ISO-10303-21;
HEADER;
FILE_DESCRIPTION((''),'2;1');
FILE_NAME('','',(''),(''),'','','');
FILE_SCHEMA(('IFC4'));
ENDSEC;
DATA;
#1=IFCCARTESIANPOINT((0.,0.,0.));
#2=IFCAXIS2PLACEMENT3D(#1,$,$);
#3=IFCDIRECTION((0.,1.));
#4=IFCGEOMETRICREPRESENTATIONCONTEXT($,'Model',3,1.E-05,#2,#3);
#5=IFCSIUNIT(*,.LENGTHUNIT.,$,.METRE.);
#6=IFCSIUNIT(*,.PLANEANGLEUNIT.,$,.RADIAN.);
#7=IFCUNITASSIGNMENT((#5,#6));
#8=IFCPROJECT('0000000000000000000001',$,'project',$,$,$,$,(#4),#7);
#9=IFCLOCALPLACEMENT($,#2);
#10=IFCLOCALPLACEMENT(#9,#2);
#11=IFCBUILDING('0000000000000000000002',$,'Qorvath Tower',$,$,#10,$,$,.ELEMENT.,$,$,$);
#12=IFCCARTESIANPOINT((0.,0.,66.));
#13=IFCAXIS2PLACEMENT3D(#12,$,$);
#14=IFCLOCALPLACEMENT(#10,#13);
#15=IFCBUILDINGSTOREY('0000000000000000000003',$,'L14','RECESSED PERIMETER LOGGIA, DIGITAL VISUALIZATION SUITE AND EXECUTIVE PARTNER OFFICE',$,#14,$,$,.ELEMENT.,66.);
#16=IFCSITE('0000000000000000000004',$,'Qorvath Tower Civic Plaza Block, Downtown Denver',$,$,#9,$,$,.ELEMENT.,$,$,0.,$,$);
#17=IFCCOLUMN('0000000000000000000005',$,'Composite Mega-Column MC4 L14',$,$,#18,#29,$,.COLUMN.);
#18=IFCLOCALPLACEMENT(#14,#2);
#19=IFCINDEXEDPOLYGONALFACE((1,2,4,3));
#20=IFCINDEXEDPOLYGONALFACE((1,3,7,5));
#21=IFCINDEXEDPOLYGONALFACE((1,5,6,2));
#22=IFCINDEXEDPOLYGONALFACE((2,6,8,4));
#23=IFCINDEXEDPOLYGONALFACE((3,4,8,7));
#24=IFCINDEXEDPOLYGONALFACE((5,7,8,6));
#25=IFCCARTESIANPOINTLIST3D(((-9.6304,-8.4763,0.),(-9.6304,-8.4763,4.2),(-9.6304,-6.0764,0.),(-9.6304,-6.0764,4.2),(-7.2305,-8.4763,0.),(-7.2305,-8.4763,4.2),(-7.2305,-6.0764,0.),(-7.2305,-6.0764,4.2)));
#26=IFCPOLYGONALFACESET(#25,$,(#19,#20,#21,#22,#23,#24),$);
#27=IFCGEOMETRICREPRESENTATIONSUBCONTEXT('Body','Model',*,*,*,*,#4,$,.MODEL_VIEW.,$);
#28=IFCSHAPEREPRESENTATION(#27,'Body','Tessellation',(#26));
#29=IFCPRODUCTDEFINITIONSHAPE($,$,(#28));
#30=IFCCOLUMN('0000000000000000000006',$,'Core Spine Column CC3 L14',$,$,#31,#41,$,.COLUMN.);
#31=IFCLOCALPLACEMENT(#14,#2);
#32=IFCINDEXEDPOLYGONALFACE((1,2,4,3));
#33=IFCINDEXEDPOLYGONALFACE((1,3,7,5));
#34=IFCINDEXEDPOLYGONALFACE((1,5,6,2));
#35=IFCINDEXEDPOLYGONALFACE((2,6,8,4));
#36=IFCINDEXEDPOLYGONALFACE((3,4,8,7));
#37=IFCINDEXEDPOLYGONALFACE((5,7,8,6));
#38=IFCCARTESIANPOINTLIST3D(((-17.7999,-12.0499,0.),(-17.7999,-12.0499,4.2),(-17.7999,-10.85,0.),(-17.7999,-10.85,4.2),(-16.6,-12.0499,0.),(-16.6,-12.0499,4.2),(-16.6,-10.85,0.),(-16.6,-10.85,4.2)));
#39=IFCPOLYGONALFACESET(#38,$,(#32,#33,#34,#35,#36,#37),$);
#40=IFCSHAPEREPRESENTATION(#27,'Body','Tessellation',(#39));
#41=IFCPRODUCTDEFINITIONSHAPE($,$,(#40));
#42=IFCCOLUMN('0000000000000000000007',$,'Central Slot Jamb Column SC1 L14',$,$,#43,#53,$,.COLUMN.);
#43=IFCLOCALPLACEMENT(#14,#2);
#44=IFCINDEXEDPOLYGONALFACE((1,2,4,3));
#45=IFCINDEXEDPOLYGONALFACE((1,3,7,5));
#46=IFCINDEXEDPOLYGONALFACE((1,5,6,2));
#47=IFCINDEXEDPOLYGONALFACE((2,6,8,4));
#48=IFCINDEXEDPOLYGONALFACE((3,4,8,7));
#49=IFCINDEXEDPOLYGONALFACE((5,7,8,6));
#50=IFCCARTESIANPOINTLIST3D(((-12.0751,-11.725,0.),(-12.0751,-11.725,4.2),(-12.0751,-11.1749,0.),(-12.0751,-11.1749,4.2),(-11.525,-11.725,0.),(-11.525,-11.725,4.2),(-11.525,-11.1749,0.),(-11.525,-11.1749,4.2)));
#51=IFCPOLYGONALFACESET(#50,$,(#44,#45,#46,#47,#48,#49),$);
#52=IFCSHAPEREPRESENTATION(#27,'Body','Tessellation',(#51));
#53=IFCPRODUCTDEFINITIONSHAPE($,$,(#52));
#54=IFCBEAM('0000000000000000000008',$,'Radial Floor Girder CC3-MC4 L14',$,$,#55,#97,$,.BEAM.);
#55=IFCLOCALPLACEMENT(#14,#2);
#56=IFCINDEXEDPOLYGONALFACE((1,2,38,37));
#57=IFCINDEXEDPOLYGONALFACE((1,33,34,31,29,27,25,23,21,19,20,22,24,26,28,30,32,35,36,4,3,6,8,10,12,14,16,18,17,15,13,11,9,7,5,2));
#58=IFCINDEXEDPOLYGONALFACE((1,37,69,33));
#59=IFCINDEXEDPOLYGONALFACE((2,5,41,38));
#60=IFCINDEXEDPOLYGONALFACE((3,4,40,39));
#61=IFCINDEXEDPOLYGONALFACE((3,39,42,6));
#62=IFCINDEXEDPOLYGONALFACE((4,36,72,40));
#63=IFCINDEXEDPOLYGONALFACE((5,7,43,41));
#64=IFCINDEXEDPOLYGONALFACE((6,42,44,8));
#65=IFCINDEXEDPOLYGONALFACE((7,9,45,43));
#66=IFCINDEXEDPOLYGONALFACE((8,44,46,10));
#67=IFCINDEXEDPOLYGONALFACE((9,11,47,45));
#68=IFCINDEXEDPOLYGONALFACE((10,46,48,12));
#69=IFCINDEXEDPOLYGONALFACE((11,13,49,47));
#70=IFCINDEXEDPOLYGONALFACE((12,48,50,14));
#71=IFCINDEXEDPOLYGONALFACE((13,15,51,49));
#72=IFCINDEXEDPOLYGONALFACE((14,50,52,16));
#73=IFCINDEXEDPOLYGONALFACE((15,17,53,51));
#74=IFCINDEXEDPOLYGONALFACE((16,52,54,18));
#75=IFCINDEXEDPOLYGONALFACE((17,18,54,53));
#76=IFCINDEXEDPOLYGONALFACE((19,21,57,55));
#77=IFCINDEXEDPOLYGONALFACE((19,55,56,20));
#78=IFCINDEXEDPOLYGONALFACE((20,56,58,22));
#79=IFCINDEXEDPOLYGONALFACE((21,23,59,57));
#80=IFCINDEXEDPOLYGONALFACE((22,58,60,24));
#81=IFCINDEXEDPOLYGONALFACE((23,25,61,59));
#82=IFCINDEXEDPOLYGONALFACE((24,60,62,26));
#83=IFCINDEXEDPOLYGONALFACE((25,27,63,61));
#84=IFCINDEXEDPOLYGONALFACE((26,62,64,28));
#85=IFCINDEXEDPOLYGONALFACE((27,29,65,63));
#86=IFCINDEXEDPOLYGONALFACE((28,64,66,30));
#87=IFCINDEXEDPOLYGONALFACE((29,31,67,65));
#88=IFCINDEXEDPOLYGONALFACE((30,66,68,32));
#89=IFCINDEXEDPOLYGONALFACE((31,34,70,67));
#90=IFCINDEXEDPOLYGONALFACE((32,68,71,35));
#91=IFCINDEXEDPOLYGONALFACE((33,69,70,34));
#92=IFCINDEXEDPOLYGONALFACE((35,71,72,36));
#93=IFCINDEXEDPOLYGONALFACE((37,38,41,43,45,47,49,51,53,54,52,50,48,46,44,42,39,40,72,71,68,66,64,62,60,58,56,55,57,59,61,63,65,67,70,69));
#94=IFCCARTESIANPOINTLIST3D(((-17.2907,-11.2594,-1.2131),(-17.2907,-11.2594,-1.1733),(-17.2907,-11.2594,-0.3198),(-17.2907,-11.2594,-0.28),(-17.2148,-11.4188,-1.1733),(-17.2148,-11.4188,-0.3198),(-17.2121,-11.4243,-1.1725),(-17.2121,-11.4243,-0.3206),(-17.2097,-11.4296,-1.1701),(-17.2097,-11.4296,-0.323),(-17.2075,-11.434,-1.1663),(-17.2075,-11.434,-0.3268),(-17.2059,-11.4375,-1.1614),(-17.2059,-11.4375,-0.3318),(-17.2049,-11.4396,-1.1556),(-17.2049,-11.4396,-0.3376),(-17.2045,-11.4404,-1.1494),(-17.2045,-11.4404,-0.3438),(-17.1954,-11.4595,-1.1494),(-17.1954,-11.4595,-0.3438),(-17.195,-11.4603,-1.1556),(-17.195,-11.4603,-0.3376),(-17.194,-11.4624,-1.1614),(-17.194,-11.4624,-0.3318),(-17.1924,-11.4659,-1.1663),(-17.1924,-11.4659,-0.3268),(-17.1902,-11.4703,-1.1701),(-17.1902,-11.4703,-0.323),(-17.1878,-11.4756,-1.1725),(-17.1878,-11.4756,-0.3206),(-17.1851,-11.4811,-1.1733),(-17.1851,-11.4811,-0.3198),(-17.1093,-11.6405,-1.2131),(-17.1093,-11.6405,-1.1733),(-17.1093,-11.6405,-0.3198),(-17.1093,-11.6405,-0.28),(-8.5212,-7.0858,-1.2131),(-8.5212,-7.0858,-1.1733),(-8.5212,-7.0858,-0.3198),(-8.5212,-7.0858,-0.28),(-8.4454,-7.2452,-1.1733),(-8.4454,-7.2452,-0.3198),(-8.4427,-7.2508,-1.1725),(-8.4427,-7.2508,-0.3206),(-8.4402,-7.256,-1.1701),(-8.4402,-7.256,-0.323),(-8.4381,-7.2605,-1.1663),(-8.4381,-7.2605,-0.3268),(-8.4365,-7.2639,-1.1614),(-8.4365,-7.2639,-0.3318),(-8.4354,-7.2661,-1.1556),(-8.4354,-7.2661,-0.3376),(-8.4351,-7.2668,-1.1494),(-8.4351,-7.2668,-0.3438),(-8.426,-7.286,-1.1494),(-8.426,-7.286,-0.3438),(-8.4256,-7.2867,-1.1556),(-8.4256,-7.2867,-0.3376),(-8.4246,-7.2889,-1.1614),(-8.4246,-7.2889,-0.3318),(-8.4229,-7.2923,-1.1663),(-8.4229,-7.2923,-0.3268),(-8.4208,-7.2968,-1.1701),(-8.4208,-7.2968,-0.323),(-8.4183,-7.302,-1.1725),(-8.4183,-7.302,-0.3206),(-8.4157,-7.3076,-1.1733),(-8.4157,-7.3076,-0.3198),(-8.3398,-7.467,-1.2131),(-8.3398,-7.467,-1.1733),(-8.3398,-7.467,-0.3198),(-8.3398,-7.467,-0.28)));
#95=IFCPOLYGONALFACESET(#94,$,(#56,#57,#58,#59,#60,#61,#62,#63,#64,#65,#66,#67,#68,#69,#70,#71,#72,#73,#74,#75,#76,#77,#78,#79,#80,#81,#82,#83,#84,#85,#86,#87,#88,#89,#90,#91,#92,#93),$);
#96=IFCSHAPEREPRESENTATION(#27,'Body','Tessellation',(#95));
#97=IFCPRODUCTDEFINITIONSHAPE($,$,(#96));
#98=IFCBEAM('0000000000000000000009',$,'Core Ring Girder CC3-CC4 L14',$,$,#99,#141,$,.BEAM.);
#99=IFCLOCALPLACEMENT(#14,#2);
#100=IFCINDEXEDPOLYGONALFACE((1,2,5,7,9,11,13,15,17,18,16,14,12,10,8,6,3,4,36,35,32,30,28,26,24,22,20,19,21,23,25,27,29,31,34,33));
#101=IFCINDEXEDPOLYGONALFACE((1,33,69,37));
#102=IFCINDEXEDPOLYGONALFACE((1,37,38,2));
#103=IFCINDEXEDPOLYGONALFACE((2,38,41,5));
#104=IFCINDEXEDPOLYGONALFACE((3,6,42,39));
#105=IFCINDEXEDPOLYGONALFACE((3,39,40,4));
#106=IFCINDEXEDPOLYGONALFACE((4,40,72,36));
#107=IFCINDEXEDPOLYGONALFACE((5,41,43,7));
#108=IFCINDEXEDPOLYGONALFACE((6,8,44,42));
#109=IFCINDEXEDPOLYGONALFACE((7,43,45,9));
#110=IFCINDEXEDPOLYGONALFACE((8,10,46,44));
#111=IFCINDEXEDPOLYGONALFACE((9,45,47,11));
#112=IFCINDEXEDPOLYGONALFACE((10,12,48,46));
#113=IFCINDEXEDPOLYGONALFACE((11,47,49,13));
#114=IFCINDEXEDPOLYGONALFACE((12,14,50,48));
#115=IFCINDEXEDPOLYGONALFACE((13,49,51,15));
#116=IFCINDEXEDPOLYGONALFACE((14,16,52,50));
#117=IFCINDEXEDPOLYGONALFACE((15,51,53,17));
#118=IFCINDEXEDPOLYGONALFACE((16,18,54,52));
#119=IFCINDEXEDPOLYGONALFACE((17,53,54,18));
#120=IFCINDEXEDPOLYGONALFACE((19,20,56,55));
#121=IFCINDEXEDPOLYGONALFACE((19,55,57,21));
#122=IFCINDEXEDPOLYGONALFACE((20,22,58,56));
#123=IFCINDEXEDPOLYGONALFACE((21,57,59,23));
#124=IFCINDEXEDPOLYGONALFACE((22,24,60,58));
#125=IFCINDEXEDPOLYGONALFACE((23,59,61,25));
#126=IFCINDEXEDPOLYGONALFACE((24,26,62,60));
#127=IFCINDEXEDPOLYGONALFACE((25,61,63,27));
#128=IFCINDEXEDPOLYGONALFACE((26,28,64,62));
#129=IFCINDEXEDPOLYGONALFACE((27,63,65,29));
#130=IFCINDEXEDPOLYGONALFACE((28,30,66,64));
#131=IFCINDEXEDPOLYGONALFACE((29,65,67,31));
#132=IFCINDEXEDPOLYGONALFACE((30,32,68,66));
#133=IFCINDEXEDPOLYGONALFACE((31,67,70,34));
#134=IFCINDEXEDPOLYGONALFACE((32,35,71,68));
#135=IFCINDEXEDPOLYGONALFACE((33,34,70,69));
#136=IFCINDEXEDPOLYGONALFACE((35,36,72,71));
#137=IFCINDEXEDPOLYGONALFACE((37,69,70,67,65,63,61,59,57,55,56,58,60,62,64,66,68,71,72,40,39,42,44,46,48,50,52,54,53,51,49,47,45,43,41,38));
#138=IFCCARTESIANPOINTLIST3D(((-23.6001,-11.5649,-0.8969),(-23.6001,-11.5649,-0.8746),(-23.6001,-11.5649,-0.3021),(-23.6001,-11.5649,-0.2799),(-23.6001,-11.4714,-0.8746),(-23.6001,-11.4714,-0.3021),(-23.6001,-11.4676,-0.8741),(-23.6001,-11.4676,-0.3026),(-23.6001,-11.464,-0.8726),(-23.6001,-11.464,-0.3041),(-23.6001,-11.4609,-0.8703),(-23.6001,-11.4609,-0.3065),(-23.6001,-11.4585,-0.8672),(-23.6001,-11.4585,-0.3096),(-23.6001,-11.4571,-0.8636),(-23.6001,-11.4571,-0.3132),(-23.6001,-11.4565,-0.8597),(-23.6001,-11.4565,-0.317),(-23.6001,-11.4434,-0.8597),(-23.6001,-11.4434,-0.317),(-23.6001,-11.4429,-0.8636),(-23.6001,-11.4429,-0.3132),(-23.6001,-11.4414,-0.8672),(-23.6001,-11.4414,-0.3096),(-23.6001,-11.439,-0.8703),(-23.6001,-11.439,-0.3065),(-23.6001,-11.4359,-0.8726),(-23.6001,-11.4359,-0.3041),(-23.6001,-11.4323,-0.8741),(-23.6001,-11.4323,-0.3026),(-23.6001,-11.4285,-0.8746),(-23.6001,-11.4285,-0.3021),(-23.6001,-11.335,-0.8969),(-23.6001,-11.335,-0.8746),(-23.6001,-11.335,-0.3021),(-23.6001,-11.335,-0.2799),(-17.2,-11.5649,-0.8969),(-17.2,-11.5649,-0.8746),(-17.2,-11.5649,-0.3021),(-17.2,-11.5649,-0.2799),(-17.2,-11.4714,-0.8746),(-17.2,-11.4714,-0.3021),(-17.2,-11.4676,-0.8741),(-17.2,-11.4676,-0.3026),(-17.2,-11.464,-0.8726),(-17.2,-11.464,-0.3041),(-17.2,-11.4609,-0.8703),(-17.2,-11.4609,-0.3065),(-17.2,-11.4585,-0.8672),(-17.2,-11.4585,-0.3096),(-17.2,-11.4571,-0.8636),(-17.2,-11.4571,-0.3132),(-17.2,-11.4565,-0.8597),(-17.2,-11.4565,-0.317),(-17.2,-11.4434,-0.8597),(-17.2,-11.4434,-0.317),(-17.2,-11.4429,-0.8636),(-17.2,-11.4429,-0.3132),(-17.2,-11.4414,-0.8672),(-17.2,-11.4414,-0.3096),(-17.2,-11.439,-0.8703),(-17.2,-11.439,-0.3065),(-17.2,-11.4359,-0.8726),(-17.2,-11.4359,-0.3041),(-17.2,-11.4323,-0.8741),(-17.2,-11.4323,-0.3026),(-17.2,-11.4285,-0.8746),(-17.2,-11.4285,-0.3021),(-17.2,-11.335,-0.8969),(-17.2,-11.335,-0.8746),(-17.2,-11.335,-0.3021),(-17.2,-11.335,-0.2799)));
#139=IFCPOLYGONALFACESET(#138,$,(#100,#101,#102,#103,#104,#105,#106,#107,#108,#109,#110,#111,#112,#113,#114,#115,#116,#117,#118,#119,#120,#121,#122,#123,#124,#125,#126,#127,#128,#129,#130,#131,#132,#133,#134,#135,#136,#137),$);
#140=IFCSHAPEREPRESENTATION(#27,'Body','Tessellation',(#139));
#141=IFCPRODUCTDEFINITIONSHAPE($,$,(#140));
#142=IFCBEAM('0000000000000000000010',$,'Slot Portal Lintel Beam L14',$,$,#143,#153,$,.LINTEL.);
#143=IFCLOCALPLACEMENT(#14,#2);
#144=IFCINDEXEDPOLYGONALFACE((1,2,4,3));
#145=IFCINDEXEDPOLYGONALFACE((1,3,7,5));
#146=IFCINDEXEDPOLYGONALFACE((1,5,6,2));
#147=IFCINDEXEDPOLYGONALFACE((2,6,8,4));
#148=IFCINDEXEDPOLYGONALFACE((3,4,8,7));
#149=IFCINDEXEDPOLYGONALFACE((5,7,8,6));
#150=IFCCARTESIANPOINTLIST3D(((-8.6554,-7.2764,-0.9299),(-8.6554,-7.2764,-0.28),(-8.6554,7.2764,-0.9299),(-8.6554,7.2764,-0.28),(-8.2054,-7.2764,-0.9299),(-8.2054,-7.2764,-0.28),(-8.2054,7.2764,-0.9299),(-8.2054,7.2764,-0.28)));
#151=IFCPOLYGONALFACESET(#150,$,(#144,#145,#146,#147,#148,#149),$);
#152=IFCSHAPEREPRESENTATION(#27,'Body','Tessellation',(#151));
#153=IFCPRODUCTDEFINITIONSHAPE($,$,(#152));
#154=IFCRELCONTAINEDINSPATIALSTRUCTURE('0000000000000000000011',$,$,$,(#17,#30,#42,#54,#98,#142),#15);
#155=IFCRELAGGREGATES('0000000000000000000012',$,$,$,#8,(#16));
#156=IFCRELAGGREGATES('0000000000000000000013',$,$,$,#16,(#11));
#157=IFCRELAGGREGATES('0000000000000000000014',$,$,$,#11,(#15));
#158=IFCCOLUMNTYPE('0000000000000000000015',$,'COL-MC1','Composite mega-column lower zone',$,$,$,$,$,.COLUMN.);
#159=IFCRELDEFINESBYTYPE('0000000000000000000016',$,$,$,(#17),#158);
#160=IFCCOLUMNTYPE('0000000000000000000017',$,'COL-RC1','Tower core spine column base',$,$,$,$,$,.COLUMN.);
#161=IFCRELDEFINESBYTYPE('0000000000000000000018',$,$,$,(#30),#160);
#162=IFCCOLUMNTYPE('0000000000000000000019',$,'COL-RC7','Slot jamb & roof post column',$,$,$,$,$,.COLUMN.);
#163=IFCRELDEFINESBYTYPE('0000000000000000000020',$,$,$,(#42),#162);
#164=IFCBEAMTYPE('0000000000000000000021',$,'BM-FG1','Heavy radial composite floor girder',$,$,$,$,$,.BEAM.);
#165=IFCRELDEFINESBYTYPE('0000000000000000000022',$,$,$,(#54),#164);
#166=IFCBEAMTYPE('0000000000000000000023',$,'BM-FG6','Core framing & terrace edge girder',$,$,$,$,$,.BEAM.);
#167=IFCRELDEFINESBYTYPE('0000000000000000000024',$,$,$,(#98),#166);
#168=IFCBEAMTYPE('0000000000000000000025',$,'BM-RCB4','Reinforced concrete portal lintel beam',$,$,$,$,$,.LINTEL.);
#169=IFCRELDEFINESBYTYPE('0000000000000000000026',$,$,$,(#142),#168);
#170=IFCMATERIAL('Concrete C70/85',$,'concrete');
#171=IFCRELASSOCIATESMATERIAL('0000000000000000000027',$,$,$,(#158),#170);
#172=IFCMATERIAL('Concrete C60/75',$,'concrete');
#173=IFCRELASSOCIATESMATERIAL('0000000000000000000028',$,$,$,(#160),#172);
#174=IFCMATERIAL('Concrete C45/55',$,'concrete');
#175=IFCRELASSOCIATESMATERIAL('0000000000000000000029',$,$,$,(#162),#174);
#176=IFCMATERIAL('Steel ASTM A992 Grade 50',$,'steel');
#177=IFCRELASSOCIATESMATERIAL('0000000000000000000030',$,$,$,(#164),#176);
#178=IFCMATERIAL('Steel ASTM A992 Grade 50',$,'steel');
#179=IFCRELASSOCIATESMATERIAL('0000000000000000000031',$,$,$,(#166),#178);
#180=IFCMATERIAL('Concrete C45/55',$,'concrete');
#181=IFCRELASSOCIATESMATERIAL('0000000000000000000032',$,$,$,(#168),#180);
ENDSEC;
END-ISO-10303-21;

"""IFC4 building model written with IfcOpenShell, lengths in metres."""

from ifc_helpers import new_model, si_unit, direction, frame, origin, origin_2d, place, context, subcontext, project, spatial, rectangle, i_section, extrude, material, material_profile, profile_set, type_object, element, save


model = new_model("IFC4")

# Units and contexts
model_context = context("Model", 3, precision=1e-05, world=origin(), true_north=direction((0.0, 1.0)))
body_context = subcontext(model_context, "Body", "Model", "MODEL_VIEW")
ifc_project = project(units=[si_unit("LENGTHUNIT", "METRE"), si_unit("PLANEANGLEUNIT", "RADIAN")], contexts=[model_context])

# Site, building, storey
site_placement = place(None, origin())
site = spatial("IfcSite", under=ifc_project, at=site_placement, Name="Qorvath Tower Civic Plaza Block, Downtown Denver", CompositionType="ELEMENT", RefElevation=0.0)
building_placement = place(site_placement, origin())
building = spatial("IfcBuilding", under=site, at=building_placement, Name="Qorvath Tower", CompositionType="ELEMENT")
storey_placement = place(building_placement, frame((0.0, 0.0, 66.0)))
storey = spatial("IfcBuildingStorey", under=building, at=storey_placement, Name="L14", Description="RECESSED PERIMETER LOGGIA, DIGITAL VISUALIZATION SUITE AND EXECUTIVE PARTNER OFFICE", CompositionType="ELEMENT", Elevation=66.0)

# Columns
ifc_material_1 = material(Name="Concrete C70/85", Category="concrete")
ifc_material_profile_1 = material_profile(ifc_material_1, rectangle(XDim=2.3999, YDim=2.3999, at=origin_2d()), Name="MC 2400x2400")
ifc_profile_set_1 = profile_set([ifc_material_profile_1], Name="Concrete C70/85")
column_type_1 = type_object("IfcColumnType", Name="COL-MC1", Description="Composite mega-column lower zone", PredefinedType="COLUMN", material=ifc_profile_set_1)
column_1_placement = place(storey_placement, frame((-8.4304, -7.2764, 0.0), z_axis=(0.0, 0.0, 1.0), x_axis=(1.0, 0.0, 0.0)))
element("IfcColumn", 1, at=column_1_placement, inside=storey, type_object=column_type_1, Name="Composite Mega-Column MC4 L14", PredefinedType="COLUMN", context=body_context, shape_type="SweptSolid", body=[
    extrude(rectangle(XDim=2.3999, YDim=2.3999, at=origin_2d()), origin(), (0.0, 0.0, 1.0), 4.2),
])
ifc_material_2 = material(Name="Concrete C60/75", Category="concrete")
ifc_material_profile_2 = material_profile(ifc_material_2, rectangle(XDim=1.2, YDim=1.2, at=origin_2d()), Name="RC 1200x1200")
ifc_profile_set_2 = profile_set([ifc_material_profile_2], Name="Concrete C60/75")
column_type_2 = type_object("IfcColumnType", Name="COL-RC1", Description="Tower core spine column base", PredefinedType="COLUMN", material=ifc_profile_set_2)
column_2_placement = place(storey_placement, frame((-17.2, -11.45, 0.0), z_axis=(0.0, 0.0, 1.0), x_axis=(1.0, 0.0, 0.0)))
element("IfcColumn", 2, at=column_2_placement, inside=storey, type_object=column_type_2, Name="Core Spine Column CC3 L14", PredefinedType="COLUMN", context=body_context, shape_type="SweptSolid", body=[
    extrude(rectangle(XDim=1.2, YDim=1.2, at=origin_2d()), origin(), (0.0, 0.0, 1.0), 4.2),
])
ifc_material_3 = material(Name="Concrete C45/55", Category="concrete")
ifc_material_profile_3 = material_profile(ifc_material_3, rectangle(XDim=0.55, YDim=0.55, at=origin_2d()), Name="RC 550x550")
ifc_profile_set_3 = profile_set([ifc_material_profile_3], Name="Concrete C45/55")
column_type_3 = type_object("IfcColumnType", Name="COL-RC7", Description="Slot jamb & roof post column", PredefinedType="COLUMN", material=ifc_profile_set_3)
column_3_placement = place(storey_placement, frame((-11.8, -11.45, 0.0), z_axis=(0.0, 0.0, 1.0), x_axis=(1.0, 0.0, 0.0)))
element("IfcColumn", 3, at=column_3_placement, inside=storey, type_object=column_type_3, Name="Central Slot Jamb Column SC1 L14", PredefinedType="COLUMN", context=body_context, shape_type="SweptSolid", body=[
    extrude(rectangle(XDim=0.55, YDim=0.55, at=origin_2d()), origin(), (0.0, 0.0, 1.0), 4.2),
])

# Beams
ifc_material_4 = material(Name="Steel ASTM A992 Grade 50", Category="steel")
ifc_material_profile_4 = material_profile(ifc_material_4, i_section(OverallWidth=0.4221, OverallDepth=0.9331, WebThickness=0.0212, FlangeThickness=0.0398, FilletRadius=0.0239, at=origin_2d()), Name="W36x262")
ifc_profile_set_4 = profile_set([ifc_material_profile_4], Name="Steel ASTM A992 Grade 50")
beam_type_1 = type_object("IfcBeamType", Name="BM-FG1", Description="Heavy radial composite floor girder", PredefinedType="BEAM", material=ifc_profile_set_4)
beam_1_placement = place(storey_placement, frame((-17.2, -11.45, -0.7466), z_axis=(0.902956, 0.429734, 0.0), x_axis=(-0.429734, 0.902956, 0.0)))
element("IfcBeam", 4, at=beam_1_placement, inside=storey, type_object=beam_type_1, Name="Radial Floor Girder CC3-MC4 L14", PredefinedType="BEAM", context=body_context, shape_type="SweptSolid", body=[
    extrude(i_section(OverallWidth=0.4221, OverallDepth=0.9331, WebThickness=0.0212, FlangeThickness=0.0398, FilletRadius=0.0239, at=origin_2d()), origin(), (0.0, 0.0, 1.0), 9.7119),
])
ifc_material_5 = material(Name="Steel ASTM A992 Grade 50", Category="steel")
ifc_material_profile_5 = material_profile(ifc_material_5, i_section(OverallWidth=0.23, OverallDepth=0.6169, WebThickness=0.0132, FlangeThickness=0.0222, FilletRadius=0.0149, at=origin_2d()), Name="W24x94")
ifc_profile_set_5 = profile_set([ifc_material_profile_5], Name="Steel ASTM A992 Grade 50")
beam_type_2 = type_object("IfcBeamType", Name="BM-FG6", Description="Core framing & terrace edge girder", PredefinedType="BEAM", material=ifc_profile_set_5)
beam_2_placement = place(storey_placement, frame((-17.2, -11.45, -0.5884), z_axis=(-1.0, 0.0, 0.0), x_axis=(0.0, -1.0, 0.0)))
element("IfcBeam", 5, at=beam_2_placement, inside=storey, type_object=beam_type_2, Name="Core Ring Girder CC3-CC4 L14", PredefinedType="BEAM", context=body_context, shape_type="SweptSolid", body=[
    extrude(i_section(OverallWidth=0.23, OverallDepth=0.6169, WebThickness=0.0132, FlangeThickness=0.0222, FilletRadius=0.0149, at=origin_2d()), origin(), (0.0, 0.0, 1.0), 6.4001),
])
ifc_material_6 = material(Name="Concrete C45/55", Category="concrete")
ifc_material_profile_6 = material_profile(ifc_material_6, rectangle(XDim=0.45, YDim=0.6499, at=origin_2d()), Name="RCB 650x450")
ifc_profile_set_6 = profile_set([ifc_material_profile_6], Name="Concrete C45/55")
beam_type_3 = type_object("IfcBeamType", Name="BM-RCB4", Description="Reinforced concrete portal lintel beam", PredefinedType="LINTEL", material=ifc_profile_set_6)
beam_3_placement = place(storey_placement, frame((-8.4304, -7.2764, -0.605), z_axis=(0.0, 1.0, 0.0), x_axis=(-1.0, 0.0, 0.0)))
element("IfcBeam", 6, at=beam_3_placement, inside=storey, type_object=beam_type_3, Name="Slot Portal Lintel Beam L14", PredefinedType="LINTEL", context=body_context, shape_type="SweptSolid", body=[
    extrude(rectangle(XDim=0.45, YDim=0.6499, at=origin_2d()), origin(), (0.0, 0.0, 1.0), 14.5527),
])

save(model, "model.ifc")
